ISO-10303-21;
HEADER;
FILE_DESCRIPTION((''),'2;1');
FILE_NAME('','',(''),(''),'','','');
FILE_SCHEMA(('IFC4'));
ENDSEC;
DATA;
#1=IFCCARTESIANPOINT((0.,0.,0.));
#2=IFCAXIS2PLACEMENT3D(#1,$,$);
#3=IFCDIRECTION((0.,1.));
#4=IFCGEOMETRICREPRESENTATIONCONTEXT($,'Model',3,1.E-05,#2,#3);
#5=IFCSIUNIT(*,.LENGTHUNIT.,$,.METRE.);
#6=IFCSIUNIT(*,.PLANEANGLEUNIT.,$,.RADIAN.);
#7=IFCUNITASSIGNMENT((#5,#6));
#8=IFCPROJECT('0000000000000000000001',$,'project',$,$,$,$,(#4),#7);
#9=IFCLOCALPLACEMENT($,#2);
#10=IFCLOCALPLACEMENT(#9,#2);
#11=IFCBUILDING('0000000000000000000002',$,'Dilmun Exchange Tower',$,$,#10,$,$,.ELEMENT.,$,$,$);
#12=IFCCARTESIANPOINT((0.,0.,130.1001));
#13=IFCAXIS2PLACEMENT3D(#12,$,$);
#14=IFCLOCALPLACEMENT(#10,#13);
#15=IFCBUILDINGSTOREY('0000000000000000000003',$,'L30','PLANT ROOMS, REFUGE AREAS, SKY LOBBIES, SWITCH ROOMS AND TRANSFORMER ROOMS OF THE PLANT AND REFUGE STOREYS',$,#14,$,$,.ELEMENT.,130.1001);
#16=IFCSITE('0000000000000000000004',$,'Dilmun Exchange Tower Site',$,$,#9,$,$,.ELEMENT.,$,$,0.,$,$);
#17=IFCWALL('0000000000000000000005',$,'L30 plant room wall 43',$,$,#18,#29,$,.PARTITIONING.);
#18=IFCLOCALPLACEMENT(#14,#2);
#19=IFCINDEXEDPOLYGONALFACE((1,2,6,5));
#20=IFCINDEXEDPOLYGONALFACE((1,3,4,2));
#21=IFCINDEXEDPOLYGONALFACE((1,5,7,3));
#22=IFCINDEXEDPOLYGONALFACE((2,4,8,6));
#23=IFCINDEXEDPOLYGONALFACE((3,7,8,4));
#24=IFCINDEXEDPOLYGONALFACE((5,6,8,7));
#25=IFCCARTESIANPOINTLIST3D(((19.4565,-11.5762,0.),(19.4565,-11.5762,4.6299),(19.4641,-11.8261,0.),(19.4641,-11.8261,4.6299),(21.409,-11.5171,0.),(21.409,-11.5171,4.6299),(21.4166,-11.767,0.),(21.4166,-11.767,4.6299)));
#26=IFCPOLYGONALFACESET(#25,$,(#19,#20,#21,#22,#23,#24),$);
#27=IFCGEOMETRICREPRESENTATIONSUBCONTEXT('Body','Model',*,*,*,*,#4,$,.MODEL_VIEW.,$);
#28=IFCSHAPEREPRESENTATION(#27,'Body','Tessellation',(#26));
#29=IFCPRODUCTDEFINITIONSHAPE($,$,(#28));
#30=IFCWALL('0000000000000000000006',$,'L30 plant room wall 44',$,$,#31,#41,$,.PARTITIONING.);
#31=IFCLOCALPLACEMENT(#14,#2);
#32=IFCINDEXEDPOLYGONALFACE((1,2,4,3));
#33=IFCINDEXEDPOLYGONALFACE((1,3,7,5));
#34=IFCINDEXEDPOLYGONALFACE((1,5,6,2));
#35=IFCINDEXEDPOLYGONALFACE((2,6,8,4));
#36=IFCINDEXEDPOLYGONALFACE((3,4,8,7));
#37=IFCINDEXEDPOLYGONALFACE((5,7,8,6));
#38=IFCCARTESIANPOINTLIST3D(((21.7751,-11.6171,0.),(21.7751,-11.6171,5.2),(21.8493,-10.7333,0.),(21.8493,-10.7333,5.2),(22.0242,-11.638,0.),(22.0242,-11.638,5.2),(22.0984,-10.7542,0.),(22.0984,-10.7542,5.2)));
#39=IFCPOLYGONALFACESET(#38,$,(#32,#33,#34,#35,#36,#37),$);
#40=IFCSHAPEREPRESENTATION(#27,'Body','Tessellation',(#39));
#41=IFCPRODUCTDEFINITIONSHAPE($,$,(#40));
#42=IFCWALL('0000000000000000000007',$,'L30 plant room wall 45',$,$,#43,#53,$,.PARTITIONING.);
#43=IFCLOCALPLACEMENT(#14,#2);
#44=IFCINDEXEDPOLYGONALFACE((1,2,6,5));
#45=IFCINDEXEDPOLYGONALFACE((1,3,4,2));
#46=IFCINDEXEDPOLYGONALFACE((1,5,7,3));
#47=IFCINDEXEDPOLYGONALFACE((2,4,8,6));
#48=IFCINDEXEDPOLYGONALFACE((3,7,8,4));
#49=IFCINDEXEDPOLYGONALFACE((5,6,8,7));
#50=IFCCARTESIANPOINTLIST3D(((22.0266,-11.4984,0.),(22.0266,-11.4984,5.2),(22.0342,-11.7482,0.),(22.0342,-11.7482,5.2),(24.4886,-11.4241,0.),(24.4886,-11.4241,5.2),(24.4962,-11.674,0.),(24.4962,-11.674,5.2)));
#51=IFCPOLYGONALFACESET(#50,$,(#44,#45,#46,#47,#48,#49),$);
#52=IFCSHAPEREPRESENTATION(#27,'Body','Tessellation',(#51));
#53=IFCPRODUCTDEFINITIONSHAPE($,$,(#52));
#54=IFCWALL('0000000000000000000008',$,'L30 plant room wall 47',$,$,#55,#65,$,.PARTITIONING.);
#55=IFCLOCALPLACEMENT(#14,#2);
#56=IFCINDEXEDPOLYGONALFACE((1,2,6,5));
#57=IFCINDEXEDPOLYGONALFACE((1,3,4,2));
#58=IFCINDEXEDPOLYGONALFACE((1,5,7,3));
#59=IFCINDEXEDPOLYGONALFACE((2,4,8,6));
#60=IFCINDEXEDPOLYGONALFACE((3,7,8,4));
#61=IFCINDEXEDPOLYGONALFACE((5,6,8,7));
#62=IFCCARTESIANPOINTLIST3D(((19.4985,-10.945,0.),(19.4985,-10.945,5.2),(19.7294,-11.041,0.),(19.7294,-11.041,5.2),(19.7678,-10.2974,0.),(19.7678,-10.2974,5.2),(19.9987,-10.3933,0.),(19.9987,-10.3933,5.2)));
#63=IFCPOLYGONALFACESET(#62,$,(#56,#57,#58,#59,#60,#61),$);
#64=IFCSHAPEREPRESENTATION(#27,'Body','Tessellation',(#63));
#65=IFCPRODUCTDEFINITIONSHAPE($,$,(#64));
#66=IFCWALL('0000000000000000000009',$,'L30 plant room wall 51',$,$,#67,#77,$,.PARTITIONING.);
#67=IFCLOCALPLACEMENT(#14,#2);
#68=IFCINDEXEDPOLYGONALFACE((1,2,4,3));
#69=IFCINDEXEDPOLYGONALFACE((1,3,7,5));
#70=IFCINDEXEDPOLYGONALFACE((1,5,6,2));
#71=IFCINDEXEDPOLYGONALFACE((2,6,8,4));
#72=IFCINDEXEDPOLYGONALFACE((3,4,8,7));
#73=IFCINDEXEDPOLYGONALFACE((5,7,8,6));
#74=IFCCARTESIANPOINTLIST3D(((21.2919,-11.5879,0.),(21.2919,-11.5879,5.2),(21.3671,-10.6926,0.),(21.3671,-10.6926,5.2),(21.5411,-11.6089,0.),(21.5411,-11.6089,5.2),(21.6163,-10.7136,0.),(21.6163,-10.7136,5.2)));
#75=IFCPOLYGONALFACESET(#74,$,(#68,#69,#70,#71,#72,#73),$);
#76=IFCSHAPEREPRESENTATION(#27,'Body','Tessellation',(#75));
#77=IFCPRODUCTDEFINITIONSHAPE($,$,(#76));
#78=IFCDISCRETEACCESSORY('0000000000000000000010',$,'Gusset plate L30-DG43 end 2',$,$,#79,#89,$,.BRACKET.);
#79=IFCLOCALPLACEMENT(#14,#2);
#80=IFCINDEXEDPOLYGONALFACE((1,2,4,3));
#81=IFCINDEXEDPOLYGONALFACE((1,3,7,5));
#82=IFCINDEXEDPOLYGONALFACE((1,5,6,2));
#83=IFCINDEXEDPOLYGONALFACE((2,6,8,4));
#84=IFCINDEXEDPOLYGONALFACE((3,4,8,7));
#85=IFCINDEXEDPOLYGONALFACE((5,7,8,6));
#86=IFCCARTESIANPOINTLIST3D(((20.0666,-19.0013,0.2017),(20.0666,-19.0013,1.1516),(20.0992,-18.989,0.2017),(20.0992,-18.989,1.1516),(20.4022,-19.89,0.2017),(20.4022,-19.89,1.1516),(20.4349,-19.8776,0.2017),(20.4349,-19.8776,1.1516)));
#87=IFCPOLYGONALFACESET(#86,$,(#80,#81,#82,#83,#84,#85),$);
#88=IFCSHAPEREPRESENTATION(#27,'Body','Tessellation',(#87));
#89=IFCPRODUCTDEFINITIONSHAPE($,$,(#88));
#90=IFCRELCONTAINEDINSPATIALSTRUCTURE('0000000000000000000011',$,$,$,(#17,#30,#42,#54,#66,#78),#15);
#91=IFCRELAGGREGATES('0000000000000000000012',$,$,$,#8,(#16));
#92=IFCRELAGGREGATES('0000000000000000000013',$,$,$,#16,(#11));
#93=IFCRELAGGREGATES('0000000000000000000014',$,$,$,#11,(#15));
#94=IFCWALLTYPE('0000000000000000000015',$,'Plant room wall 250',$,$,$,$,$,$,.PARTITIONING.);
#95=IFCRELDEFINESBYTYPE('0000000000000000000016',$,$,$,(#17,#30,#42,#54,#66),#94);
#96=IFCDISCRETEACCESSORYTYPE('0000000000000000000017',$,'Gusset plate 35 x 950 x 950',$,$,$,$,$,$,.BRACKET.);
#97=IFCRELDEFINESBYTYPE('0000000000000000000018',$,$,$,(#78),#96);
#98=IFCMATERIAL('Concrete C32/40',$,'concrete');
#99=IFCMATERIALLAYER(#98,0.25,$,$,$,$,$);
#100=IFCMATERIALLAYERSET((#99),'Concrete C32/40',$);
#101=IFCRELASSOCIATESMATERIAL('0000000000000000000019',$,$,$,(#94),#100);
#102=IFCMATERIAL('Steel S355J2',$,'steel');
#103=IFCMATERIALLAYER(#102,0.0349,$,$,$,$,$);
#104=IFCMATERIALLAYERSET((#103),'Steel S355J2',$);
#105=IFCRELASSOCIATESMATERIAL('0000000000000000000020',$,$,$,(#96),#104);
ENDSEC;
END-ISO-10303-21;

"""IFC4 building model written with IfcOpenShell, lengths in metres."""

from ifc_helpers import new_model, si_unit, direction, frame, frame_2d, origin, origin_2d, place, context, subcontext, project, spatial, rectangle, extrude, material, layer, layer_set, type_object, element, save


model = new_model("IFC4")

# Units and contexts
model_context = context("Model", 3, precision=1e-05, world=origin(), true_north=direction((0.0, 1.0)))
body_context = subcontext(model_context, "Body", "Model", "MODEL_VIEW")
ifc_project = project(units=[si_unit("LENGTHUNIT", "METRE"), si_unit("PLANEANGLEUNIT", "RADIAN")], contexts=[model_context])

# Site, building, storey
site_placement = place(None, origin())
site = spatial("IfcSite", under=ifc_project, at=site_placement, Name="Dilmun Exchange Tower Site", CompositionType="ELEMENT", RefElevation=0.0)
building_placement = place(site_placement, origin())
building = spatial("IfcBuilding", under=site, at=building_placement, Name="Dilmun Exchange Tower", CompositionType="ELEMENT")
storey_placement = place(building_placement, frame((0.0, 0.0, 130.1001)))
storey = spatial("IfcBuildingStorey", under=building, at=storey_placement, Name="L30", Description="PLANT ROOMS, REFUGE AREAS, SKY LOBBIES, SWITCH ROOMS AND TRANSFORMER ROOMS OF THE PLANT AND REFUGE STOREYS", CompositionType="ELEMENT", Elevation=130.1001)

# Walls
ifc_material_1 = material(Name="Concrete C32/40", Category="concrete")
ifc_layer_1 = layer(ifc_material_1, 0.25)
ifc_layer_set_1 = layer_set([ifc_layer_1], Name="Concrete C32/40")
wall_type = type_object("IfcWallType", Name="Plant room wall 250", PredefinedType="PARTITIONING", material=ifc_layer_set_1)
wall_1_placement = place(storey_placement, frame((19.4604, -11.7012, 0.0), z_axis=(0.0, 0.0, 1.0), x_axis=(0.999542, 0.030248, 0.0)))
element("IfcWall", 1, at=wall_1_placement, inside=storey, type_object=wall_type, Name="L30 plant room wall 43", PredefinedType="PARTITIONING", context=body_context, shape_type="SweptSolid", body=[
    extrude(rectangle(XDim=1.9534, YDim=0.25, at=frame_2d((0.9766, 0.0))), origin(), (0.0, 0.0, 1.0), 4.6299),
])
wall_2_placement = place(storey_placement, frame((21.8997, -11.6274, 0.0), z_axis=(0.0, 0.0, 1.0), x_axis=(0.083683, 0.996492, 0.0)))
element("IfcWall", 2, at=wall_2_placement, inside=storey, type_object=wall_type, Name="L30 plant room wall 44", PredefinedType="PARTITIONING", context=body_context, shape_type="SweptSolid", body=[
    extrude(rectangle(XDim=0.887, YDim=0.25, at=frame_2d((0.4434, 0.0))), origin(), (0.0, 0.0, 1.0), 5.2),
])
wall_3_placement = place(storey_placement, frame((22.0305, -11.6233, 0.0), z_axis=(0.0, 0.0, 1.0), x_axis=(0.999546, 0.030133, 0.0)))
element("IfcWall", 3, at=wall_3_placement, inside=storey, type_object=wall_type, Name="L30 plant room wall 45", PredefinedType="PARTITIONING", context=body_context, shape_type="SweptSolid", body=[
    extrude(rectangle(XDim=2.4631, YDim=0.25, at=frame_2d((1.2314, 0.0))), origin(), (0.0, 0.0, 1.0), 5.2),
])
wall_4_placement = place(storey_placement, frame((19.614, -10.9929, 0.0), z_axis=(0.0, 0.0, 1.0), x_axis=(0.383899, 0.923375, 0.0)))
element("IfcWall", 4, at=wall_4_placement, inside=storey, type_object=wall_type, Name="L30 plant room wall 47", PredefinedType="PARTITIONING", context=body_context, shape_type="SweptSolid", body=[
    extrude(rectangle(XDim=0.7014, YDim=0.25, at=frame_2d((0.3506, 0.0))), origin(), (0.0, 0.0, 1.0), 5.2),
])
wall_5_placement = place(storey_placement, frame((21.4165, -11.5984, 0.0), z_axis=(0.0, 0.0, 1.0), x_axis=(0.083698, 0.996491, 0.0)))
element("IfcWall", 5, at=wall_5_placement, inside=storey, type_object=wall_type, Name="L30 plant room wall 51", PredefinedType="PARTITIONING", context=body_context, shape_type="SweptSolid", body=[
    extrude(rectangle(XDim=0.8984, YDim=0.25, at=frame_2d((0.4492, 0.0))), origin(), (0.0, 0.0, 1.0), 5.2),
])

# Discrete accessory
ifc_material_2 = material(Name="Steel S355J2", Category="steel")
ifc_layer_2 = layer(ifc_material_2, 0.0349)
ifc_layer_set_2 = layer_set([ifc_layer_2], Name="Steel S355J2")
discrete_accessory_type = type_object("IfcDiscreteAccessoryType", Name="Gusset plate 35 x 950 x 950", PredefinedType="BRACKET", material=ifc_layer_set_2)
discrete_accessory_placement = place(storey_placement, frame((20.2507, -19.4395, 0.2017), z_axis=(0.0, 0.0, 1.0), x_axis=(0.353367, -0.935485, 0.0)))
element("IfcDiscreteAccessory", 6, at=discrete_accessory_placement, inside=storey, type_object=discrete_accessory_type, Name="Gusset plate L30-DG43 end 2", PredefinedType="BRACKET", context=body_context, shape_type="SweptSolid", body=[
    extrude(rectangle(XDim=0.95, YDim=0.0349, at=origin_2d()), origin(), (0.0, 0.0, 1.0), 0.95),
])

save(model, "model.ifc")
